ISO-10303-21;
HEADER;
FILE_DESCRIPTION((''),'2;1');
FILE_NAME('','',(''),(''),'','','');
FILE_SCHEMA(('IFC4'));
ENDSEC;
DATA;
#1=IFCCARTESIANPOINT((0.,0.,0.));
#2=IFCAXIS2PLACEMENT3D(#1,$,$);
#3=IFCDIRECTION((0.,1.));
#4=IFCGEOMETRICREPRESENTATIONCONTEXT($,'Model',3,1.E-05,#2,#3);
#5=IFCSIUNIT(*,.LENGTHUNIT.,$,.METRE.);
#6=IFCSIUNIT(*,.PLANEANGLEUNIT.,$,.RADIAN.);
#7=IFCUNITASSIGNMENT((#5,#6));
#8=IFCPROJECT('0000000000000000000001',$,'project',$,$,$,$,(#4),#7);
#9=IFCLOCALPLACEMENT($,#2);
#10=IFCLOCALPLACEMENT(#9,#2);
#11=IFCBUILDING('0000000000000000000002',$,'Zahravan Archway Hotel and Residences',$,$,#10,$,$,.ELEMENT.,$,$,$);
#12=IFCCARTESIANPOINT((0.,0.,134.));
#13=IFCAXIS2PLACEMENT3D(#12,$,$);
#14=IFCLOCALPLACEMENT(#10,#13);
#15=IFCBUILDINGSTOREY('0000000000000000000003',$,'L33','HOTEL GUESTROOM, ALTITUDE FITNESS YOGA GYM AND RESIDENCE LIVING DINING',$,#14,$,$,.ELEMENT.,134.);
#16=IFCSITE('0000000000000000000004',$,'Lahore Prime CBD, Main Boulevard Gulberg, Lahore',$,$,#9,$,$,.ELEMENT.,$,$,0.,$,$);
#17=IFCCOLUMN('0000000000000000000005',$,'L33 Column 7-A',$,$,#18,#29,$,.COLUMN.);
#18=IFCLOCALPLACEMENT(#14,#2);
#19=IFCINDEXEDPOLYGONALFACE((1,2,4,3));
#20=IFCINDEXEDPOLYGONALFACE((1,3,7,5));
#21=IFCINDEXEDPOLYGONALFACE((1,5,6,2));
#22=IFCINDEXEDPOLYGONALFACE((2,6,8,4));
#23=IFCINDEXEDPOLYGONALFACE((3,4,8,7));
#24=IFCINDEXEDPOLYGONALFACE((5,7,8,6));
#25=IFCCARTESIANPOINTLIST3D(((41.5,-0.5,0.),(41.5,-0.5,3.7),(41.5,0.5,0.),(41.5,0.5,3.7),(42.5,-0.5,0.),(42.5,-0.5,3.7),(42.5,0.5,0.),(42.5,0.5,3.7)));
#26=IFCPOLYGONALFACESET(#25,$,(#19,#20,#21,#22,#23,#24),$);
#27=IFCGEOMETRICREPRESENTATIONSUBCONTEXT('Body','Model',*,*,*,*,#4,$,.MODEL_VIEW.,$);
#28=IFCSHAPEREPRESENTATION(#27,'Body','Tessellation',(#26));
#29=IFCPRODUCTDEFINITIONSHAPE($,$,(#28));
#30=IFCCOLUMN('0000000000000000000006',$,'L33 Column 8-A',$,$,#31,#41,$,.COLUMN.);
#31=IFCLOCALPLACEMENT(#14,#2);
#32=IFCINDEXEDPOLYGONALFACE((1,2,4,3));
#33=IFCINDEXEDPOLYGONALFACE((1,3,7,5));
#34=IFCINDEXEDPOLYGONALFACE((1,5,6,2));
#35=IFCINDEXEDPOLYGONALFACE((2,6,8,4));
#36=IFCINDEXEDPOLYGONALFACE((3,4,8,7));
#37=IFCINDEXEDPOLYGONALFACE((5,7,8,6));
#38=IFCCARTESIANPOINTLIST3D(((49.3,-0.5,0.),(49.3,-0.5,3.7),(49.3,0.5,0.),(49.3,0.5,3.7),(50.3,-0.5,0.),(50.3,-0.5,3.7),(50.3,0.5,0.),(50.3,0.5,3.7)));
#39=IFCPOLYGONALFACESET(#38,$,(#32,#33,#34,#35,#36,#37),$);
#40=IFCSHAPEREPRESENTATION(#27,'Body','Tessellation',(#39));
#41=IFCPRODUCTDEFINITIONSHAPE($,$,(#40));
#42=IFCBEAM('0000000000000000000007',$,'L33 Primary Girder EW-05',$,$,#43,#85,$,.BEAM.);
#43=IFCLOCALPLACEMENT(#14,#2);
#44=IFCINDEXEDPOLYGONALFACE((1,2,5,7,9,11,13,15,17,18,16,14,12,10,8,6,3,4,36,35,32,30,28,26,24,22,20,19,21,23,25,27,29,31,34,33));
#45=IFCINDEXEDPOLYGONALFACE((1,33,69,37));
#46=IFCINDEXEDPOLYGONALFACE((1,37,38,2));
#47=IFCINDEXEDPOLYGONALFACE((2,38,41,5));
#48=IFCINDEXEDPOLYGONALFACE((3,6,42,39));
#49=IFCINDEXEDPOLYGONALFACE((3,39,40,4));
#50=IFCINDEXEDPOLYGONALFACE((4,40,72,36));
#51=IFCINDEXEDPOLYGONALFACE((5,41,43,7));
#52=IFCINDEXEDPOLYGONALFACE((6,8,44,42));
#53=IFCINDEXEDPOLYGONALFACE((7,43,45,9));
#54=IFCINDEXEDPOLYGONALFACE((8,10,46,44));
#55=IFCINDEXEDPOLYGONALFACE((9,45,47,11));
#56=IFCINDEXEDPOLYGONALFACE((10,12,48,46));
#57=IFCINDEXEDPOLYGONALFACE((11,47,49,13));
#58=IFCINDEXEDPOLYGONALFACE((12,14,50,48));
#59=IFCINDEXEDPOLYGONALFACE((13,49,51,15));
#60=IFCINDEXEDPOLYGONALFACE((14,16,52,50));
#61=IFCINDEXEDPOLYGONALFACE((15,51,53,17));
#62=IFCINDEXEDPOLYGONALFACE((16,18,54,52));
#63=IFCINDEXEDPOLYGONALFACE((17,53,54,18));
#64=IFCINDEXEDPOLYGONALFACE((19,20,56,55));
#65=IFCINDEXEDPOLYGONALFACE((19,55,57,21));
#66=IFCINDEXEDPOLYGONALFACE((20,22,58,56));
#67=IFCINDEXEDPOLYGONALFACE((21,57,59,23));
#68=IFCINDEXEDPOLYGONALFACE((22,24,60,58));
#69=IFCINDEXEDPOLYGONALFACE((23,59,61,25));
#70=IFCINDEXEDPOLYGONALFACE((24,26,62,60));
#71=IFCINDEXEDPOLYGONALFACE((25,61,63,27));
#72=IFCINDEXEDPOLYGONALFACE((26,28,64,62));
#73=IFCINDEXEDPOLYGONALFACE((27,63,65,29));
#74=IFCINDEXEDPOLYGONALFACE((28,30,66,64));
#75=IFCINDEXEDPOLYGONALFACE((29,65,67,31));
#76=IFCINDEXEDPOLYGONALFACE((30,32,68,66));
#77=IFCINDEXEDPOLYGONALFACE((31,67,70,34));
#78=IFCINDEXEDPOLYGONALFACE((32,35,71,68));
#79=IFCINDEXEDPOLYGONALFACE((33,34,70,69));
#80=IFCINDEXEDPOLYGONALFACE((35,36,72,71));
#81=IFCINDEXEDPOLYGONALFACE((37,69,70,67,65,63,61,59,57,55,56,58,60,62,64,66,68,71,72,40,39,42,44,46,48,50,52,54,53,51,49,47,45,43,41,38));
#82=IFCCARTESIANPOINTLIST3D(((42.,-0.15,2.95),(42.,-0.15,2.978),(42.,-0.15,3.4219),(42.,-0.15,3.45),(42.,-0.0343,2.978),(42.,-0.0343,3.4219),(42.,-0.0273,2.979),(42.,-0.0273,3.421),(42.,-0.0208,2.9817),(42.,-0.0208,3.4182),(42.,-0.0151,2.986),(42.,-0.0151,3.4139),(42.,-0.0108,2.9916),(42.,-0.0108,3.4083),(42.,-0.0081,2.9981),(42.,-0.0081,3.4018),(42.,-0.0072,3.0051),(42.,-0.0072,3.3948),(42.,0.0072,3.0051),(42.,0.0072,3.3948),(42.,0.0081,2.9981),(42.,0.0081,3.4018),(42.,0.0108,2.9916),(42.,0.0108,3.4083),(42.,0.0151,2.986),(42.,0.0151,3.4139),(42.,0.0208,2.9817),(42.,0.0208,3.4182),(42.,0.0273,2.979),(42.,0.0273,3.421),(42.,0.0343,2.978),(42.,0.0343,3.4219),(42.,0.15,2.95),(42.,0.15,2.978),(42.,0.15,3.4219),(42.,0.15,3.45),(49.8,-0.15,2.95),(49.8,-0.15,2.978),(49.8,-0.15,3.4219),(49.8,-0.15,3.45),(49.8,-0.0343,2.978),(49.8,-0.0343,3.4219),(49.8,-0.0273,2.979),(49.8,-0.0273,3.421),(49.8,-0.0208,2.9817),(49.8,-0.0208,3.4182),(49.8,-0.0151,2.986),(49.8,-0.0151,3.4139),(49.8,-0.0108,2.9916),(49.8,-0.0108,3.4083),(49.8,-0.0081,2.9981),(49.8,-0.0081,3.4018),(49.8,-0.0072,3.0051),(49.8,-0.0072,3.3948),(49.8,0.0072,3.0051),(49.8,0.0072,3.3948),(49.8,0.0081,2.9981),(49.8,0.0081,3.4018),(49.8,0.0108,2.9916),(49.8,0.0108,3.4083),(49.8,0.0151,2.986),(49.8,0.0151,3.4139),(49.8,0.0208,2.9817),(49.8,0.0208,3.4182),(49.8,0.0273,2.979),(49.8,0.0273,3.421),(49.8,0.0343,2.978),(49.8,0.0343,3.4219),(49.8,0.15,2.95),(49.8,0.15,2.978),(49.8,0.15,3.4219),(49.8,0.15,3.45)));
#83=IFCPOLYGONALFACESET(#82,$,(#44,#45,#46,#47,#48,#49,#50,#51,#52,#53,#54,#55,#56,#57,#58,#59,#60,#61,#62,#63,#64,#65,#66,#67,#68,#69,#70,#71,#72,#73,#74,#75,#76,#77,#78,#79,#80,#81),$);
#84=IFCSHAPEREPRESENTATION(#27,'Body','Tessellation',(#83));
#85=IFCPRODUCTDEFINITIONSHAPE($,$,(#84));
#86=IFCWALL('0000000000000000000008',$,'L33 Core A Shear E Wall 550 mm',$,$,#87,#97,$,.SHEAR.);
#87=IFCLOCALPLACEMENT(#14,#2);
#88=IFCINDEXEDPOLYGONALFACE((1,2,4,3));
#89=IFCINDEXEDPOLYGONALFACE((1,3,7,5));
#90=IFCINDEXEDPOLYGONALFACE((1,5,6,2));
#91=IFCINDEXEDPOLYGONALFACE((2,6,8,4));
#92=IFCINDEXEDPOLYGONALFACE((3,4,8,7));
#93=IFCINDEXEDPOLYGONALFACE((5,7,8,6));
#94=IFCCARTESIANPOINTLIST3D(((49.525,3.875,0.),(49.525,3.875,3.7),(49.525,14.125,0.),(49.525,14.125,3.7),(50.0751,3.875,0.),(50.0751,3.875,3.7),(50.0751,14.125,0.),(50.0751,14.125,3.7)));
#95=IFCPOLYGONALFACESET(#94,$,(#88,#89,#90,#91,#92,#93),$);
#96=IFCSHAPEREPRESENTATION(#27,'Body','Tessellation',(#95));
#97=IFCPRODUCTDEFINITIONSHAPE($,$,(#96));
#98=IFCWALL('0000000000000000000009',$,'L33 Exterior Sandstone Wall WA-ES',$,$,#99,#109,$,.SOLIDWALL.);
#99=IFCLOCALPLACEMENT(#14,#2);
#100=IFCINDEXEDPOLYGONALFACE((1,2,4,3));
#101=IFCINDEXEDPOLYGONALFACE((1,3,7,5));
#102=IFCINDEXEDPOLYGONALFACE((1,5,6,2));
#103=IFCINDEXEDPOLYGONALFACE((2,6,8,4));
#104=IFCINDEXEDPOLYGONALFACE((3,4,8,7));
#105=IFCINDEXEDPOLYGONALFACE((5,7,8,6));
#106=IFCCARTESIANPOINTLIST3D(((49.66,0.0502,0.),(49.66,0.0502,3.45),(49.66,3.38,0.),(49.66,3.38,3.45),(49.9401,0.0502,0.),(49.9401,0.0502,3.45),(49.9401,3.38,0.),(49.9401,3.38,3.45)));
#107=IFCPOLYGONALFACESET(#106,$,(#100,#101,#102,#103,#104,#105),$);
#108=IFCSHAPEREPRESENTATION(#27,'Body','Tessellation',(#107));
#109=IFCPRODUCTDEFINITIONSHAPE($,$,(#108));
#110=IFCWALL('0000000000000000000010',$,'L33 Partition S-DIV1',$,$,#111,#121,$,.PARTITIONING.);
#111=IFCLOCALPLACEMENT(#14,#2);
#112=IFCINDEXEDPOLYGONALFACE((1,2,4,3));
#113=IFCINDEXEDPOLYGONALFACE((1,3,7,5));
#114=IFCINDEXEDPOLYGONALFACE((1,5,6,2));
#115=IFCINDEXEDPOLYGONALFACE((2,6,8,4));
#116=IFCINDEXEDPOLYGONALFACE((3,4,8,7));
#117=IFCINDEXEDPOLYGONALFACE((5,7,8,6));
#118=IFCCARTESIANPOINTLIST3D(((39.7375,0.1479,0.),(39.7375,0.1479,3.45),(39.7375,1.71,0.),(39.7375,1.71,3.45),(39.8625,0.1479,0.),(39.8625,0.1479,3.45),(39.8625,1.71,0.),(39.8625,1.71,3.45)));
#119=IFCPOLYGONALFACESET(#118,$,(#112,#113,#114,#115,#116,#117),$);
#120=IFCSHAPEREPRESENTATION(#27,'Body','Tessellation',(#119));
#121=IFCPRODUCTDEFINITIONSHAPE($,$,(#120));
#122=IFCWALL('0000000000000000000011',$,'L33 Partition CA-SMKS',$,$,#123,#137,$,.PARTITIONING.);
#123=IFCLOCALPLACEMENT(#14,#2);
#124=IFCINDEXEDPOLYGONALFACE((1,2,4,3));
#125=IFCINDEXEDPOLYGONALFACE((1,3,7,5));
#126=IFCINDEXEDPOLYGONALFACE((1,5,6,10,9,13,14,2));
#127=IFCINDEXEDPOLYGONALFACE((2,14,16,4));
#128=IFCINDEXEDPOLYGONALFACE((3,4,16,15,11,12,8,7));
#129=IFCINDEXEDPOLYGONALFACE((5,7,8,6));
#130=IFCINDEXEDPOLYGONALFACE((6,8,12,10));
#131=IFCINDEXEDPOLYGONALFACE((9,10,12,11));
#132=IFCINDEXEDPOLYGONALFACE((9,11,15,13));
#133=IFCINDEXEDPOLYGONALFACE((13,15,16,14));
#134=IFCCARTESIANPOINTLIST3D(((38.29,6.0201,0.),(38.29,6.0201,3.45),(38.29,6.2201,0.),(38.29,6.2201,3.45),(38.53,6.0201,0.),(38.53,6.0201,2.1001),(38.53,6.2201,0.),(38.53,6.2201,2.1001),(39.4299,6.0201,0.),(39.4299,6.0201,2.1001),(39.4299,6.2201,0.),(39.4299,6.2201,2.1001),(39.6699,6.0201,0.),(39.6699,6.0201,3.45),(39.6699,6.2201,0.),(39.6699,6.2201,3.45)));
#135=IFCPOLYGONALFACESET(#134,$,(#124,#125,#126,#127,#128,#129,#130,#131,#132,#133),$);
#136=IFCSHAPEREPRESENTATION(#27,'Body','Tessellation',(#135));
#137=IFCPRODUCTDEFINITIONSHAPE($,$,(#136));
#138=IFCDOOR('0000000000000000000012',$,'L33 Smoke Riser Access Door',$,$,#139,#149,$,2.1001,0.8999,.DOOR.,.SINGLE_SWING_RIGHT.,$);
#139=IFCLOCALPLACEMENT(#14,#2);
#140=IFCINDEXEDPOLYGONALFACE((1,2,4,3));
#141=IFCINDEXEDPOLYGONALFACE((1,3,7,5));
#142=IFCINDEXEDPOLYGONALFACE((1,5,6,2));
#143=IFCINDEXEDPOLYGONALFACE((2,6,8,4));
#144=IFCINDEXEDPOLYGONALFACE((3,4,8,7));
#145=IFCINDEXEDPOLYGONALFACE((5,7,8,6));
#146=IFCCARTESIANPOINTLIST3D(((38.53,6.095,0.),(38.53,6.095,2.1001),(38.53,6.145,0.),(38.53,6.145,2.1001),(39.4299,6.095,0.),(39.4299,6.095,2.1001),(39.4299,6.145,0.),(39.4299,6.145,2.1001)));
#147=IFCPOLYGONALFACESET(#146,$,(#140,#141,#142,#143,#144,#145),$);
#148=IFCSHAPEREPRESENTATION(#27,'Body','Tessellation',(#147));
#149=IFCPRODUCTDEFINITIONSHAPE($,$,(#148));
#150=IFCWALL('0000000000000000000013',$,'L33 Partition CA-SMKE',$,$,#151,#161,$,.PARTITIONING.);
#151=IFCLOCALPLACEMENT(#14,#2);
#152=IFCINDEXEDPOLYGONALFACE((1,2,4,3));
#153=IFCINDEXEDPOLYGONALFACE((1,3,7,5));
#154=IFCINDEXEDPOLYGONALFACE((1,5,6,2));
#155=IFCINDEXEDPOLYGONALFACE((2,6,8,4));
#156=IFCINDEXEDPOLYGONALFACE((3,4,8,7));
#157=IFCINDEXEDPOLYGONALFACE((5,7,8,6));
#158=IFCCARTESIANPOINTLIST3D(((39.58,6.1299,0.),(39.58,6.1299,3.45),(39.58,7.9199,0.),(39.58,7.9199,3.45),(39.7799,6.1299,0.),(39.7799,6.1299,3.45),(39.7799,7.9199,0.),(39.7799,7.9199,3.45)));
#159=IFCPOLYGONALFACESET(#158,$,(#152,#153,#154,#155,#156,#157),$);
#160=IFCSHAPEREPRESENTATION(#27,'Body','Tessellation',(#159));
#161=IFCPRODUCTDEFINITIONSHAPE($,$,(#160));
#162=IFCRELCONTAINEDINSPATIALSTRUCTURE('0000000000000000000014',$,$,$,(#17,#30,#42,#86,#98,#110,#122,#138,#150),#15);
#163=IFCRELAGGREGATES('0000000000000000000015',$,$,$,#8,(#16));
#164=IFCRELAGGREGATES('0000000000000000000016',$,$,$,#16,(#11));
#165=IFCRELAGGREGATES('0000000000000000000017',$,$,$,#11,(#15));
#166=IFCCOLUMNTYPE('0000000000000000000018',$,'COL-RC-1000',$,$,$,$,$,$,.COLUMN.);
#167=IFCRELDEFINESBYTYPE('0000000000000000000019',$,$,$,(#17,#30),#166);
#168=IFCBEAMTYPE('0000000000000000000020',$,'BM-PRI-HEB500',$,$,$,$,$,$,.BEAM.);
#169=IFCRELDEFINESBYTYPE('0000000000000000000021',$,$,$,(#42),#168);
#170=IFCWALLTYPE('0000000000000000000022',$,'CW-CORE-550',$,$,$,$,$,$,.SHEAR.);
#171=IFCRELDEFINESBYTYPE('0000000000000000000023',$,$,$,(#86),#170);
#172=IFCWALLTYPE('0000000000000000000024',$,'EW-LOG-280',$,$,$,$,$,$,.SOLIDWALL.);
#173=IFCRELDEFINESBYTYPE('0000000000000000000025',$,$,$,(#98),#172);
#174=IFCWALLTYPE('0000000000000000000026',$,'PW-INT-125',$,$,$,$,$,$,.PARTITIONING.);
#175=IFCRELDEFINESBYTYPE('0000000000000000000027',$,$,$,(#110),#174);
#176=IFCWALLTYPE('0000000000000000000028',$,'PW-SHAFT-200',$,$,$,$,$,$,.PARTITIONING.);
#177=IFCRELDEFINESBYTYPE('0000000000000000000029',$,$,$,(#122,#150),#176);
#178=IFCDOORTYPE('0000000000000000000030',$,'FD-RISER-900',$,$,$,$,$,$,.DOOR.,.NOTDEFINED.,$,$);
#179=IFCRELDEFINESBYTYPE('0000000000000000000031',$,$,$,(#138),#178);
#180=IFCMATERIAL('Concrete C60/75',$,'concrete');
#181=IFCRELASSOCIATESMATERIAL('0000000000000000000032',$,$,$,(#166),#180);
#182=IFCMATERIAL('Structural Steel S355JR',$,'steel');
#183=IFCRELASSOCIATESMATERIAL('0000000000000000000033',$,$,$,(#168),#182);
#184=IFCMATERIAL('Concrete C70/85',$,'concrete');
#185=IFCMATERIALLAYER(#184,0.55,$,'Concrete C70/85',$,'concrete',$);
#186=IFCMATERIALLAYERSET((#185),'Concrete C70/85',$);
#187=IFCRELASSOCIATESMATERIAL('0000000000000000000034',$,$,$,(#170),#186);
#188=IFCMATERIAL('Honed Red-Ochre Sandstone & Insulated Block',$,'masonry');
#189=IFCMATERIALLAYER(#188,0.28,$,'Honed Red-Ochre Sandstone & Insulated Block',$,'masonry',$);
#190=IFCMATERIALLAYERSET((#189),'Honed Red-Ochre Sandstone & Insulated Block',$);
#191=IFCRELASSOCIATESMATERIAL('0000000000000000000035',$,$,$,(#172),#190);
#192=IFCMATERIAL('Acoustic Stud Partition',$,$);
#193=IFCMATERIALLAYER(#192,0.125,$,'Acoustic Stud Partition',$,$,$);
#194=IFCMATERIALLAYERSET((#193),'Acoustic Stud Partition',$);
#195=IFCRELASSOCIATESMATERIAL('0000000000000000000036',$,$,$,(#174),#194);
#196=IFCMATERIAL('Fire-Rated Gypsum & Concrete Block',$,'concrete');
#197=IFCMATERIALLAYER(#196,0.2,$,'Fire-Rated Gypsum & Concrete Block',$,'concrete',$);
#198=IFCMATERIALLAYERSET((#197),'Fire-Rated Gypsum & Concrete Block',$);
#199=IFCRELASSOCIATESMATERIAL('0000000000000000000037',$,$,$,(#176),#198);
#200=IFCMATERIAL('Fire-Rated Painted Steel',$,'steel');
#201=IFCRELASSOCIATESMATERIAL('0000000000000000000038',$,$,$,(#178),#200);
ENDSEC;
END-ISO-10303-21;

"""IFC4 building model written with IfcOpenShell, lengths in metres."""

from ifc_helpers import new_model, si_unit, direction, frame, frame_2d, origin, origin_2d, place, context, subcontext, project, spatial, rectangle, i_section, extrude, source, transform, mapped, material, layer, layer_set, material_profile, profile_set, type_object, type_shapes, element, fill, save


model = new_model("IFC4")

# Units and contexts
model_context = context("Model", 3, precision=1e-05, world=origin(), true_north=direction((0.0, 1.0)))
body_context = subcontext(model_context, "Body", "Model", "MODEL_VIEW")
ifc_project = project(units=[si_unit("LENGTHUNIT", "METRE"), si_unit("PLANEANGLEUNIT", "RADIAN")], contexts=[model_context])

# Site, building, storey
site_placement = place(None, origin())
site = spatial("IfcSite", under=ifc_project, at=site_placement, Name="Lahore Prime CBD, Main Boulevard Gulberg, Lahore", CompositionType="ELEMENT", RefElevation=0.0)
building_placement = place(site_placement, origin())
building = spatial("IfcBuilding", under=site, at=building_placement, Name="Zahravan Archway Hotel and Residences", CompositionType="ELEMENT")
storey_placement = place(building_placement, frame((0.0, 0.0, 134.0)))
storey = spatial("IfcBuildingStorey", under=building, at=storey_placement, Name="L33", Description="HOTEL GUESTROOM, ALTITUDE FITNESS YOGA GYM AND RESIDENCE LIVING DINING", CompositionType="ELEMENT", Elevation=134.0)

# Columns
ifc_material_1 = material(Name="Concrete C60/75", Category="concrete")
ifc_material_profile_1 = material_profile(ifc_material_1, rectangle(XDim=1.0, YDim=1.0, at=origin_2d()), Name="RC-COL-1000x1000", Category="concrete")
ifc_profile_set_1 = profile_set([ifc_material_profile_1], Name="Concrete C60/75")
column_type = type_object("IfcColumnType", Name="COL-RC-1000", PredefinedType="COLUMN", material=ifc_profile_set_1)
shared_shape_1 = source(origin(), body_context, "Body", "SweptSolid", [
    extrude(rectangle(XDim=1.0, YDim=1.0, at=origin_2d()), origin(), (0.0, 0.0, 1.0), 3.7),
])
type_shapes(column_type, [shared_shape_1])
for number, where, z_axis, x_axis, name in (
    (1, (42.0, 0.0, 0.0), (0.0, 0.0, 1.0), (1.0, 0.0, 0.0), "L33 Column 7-A"),
    (2, (49.8, 0.0, 0.0), (0.0, 0.0, 1.0), (1.0, 0.0, 0.0), "L33 Column 8-A"),
):
    element("IfcColumn", number, at=place(storey_placement, frame(where, z_axis=z_axis, x_axis=x_axis)), inside=storey, type_object=column_type, Name=name, PredefinedType="COLUMN", context=body_context, shape_type="MappedRepresentation", body=[
        mapped(shared_shape_1, transform((0.0, 0.0, 0.0), scale=1.0)),
    ])

# Beam
ifc_material_2 = material(Name="Structural Steel S355JR", Category="steel")
ifc_material_profile_2 = material_profile(ifc_material_2, i_section(OverallWidth=0.3, OverallDepth=0.5, WebThickness=0.0144, FlangeThickness=0.0281, FilletRadius=0.0271, at=origin_2d()), Name="HEB 500", Category="steel")
ifc_profile_set_2 = profile_set([ifc_material_profile_2], Name="Structural Steel S355JR")
beam_type = type_object("IfcBeamType", Name="BM-PRI-HEB500", PredefinedType="BEAM", material=ifc_profile_set_2)
shared_shape_2 = source(origin(), body_context, "Body", "SweptSolid", [
    extrude(i_section(OverallWidth=0.3, OverallDepth=0.5, WebThickness=0.0144, FlangeThickness=0.0281, FilletRadius=0.0271, at=origin_2d()), origin(), (0.0, 0.0, 1.0), 7.8),
])
beam_placement = place(storey_placement, frame((42.0, 0.0, 3.2), z_axis=(1.0, 0.0, 0.0), x_axis=(0.0, 1.0, 0.0)))
element("IfcBeam", 3, at=beam_placement, inside=storey, type_object=beam_type, Name="L33 Primary Girder EW-05", PredefinedType="BEAM", context=body_context, shape_type="MappedRepresentation", body=[
    mapped(shared_shape_2, transform((0.0, 0.0, 0.0), scale=1.0)),
])

# Walls
ifc_material_3 = material(Name="Concrete C70/85", Category="concrete")
ifc_layer_1 = layer(ifc_material_3, 0.55, Name="Concrete C70/85", Category="concrete")
ifc_layer_set_1 = layer_set([ifc_layer_1], Name="Concrete C70/85")
wall_type_1 = type_object("IfcWallType", Name="CW-CORE-550", PredefinedType="SHEAR", material=ifc_layer_set_1)
wall_1_placement = place(storey_placement, frame((49.8, 3.875, 0.0), z_axis=(0.0, 0.0, 1.0), x_axis=(0.0, 1.0, 0.0)))
element("IfcWall", 4, at=wall_1_placement, inside=storey, type_object=wall_type_1, Name="L33 Core A Shear E Wall 550 mm", PredefinedType="SHEAR", context=body_context, shape_type="SweptSolid", body=[
    extrude(rectangle(XDim=10.25, YDim=0.55, at=frame_2d((5.125, 0.0))), origin(), (0.0, 0.0, 1.0), 3.7),
])
ifc_material_4 = material(Name="Honed Red-Ochre Sandstone & Insulated Block", Category="masonry")
ifc_layer_2 = layer(ifc_material_4, 0.28, Name="Honed Red-Ochre Sandstone & Insulated Block", Category="masonry")
ifc_layer_set_2 = layer_set([ifc_layer_2], Name="Honed Red-Ochre Sandstone & Insulated Block")
wall_type_2 = type_object("IfcWallType", Name="EW-LOG-280", PredefinedType="SOLIDWALL", material=ifc_layer_set_2)
wall_2_placement = place(storey_placement, frame((49.8, 0.05, 0.0), z_axis=(0.0, 0.0, 1.0), x_axis=(0.0, 1.0, 0.0)))
element("IfcWall", 5, at=wall_2_placement, inside=storey, type_object=wall_type_2, Name="L33 Exterior Sandstone Wall WA-ES", PredefinedType="SOLIDWALL", context=body_context, shape_type="SweptSolid", body=[
    extrude(rectangle(XDim=3.3298, YDim=0.28, at=frame_2d((1.665, 0.0))), origin(), (0.0, 0.0, 1.0), 3.45),
])
ifc_material_5 = material(Name="Acoustic Stud Partition")
ifc_layer_3 = layer(ifc_material_5, 0.125, Name="Acoustic Stud Partition")
ifc_layer_set_3 = layer_set([ifc_layer_3], Name="Acoustic Stud Partition")
wall_type_3 = type_object("IfcWallType", Name="PW-INT-125", PredefinedType="PARTITIONING", material=ifc_layer_set_3)
wall_3_placement = place(storey_placement, frame((39.8, 0.1479, 0.0), z_axis=(0.0, 0.0, 1.0), x_axis=(0.0, 1.0, 0.0)))
element("IfcWall", 6, at=wall_3_placement, inside=storey, type_object=wall_type_3, Name="L33 Partition S-DIV1", PredefinedType="PARTITIONING", context=body_context, shape_type="SweptSolid", body=[
    extrude(rectangle(XDim=1.562, YDim=0.125, at=frame_2d((0.781, 0.0))), origin(), (0.0, 0.0, 1.0), 3.45),
])

# Wall, opening, door
ifc_material_6 = material(Name="Fire-Rated Gypsum & Concrete Block", Category="concrete")
ifc_layer_4 = layer(ifc_material_6, 0.2, Name="Fire-Rated Gypsum & Concrete Block", Category="concrete")
ifc_layer_set_4 = layer_set([ifc_layer_4], Name="Fire-Rated Gypsum & Concrete Block")
wall_type_4 = type_object("IfcWallType", Name="PW-SHAFT-200", PredefinedType="PARTITIONING", material=ifc_layer_set_4)
wall_4_placement = place(storey_placement, frame((38.29, 6.1201, 0.0), z_axis=(0.0, 0.0, 1.0), x_axis=(1.0, 0.0, 0.0)))
wall_4 = element("IfcWall", 7, at=wall_4_placement, inside=storey, type_object=wall_type_4, Name="L33 Partition CA-SMKS", PredefinedType="PARTITIONING", context=body_context, shape_type="SweptSolid", body=[
    extrude(rectangle(XDim=1.3799, YDim=0.2, at=frame_2d((0.6899, 0.0))), origin(), (0.0, 0.0, 1.0), 3.45),
])
opening_1_placement = place(wall_4_placement, frame((0.24, 0.0, 0.0)))
opening_1 = element("IfcOpeningElement", 8, at=opening_1_placement, cuts=wall_4, PredefinedType="OPENING", context=body_context, shape_type="SweptSolid", body=[
    extrude(rectangle(XDim=0.8999, YDim=2.1001, at=frame_2d((0.45, 1.05))), frame((0.0, 0.1099, 0.0), z_axis=(0.0, -1.0, 0.0), x_axis=(1.0, 0.0, 0.0)), (0.0, 0.0, 1.0), 0.22),
])
ifc_material_7 = material(Name="Fire-Rated Painted Steel", Category="steel")
door_type = type_object("IfcDoorType", Name="FD-RISER-900", OperationType="NOTDEFINED", PredefinedType="DOOR", material=ifc_material_7)
shared_shape_3 = source(origin(), body_context, "Body", "SweptSolid", [
    extrude(rectangle(XDim=0.8999, YDim=2.1001, at=frame_2d((0.45, 1.05))), frame((0.0, 0.0249, 0.0), z_axis=(0.0, -1.0, 0.0), x_axis=(1.0, 0.0, 0.0)), (0.0, 0.0, 1.0), 0.05),
])
type_shapes(door_type, [shared_shape_3])
door_1_placement = place(opening_1_placement, origin())
door_1 = element("IfcDoor", 9, at=door_1_placement, inside=storey, type_object=door_type, Name="L33 Smoke Riser Access Door", OperationType="SINGLE_SWING_RIGHT", OverallHeight=2.1001, OverallWidth=0.8999, PredefinedType="DOOR", context=body_context, shape_type="MappedRepresentation", body=[
    mapped(shared_shape_3, transform((0.0, 0.0, 0.0), scale=1.0)),
])
fill(opening_1, door_1)

# Wall
wall_5_placement = place(storey_placement, frame((39.6799, 6.1299, 0.0), z_axis=(0.0, 0.0, 1.0), x_axis=(0.0, 1.0, 0.0)))
element("IfcWall", 10, at=wall_5_placement, inside=storey, type_object=wall_type_4, Name="L33 Partition CA-SMKE", PredefinedType="PARTITIONING", context=body_context, shape_type="SweptSolid", body=[
    extrude(rectangle(XDim=1.79, YDim=0.2, at=frame_2d((0.895, 0.0))), origin(), (0.0, 0.0, 1.0), 3.45),
])

save(model, "model.ifc")
